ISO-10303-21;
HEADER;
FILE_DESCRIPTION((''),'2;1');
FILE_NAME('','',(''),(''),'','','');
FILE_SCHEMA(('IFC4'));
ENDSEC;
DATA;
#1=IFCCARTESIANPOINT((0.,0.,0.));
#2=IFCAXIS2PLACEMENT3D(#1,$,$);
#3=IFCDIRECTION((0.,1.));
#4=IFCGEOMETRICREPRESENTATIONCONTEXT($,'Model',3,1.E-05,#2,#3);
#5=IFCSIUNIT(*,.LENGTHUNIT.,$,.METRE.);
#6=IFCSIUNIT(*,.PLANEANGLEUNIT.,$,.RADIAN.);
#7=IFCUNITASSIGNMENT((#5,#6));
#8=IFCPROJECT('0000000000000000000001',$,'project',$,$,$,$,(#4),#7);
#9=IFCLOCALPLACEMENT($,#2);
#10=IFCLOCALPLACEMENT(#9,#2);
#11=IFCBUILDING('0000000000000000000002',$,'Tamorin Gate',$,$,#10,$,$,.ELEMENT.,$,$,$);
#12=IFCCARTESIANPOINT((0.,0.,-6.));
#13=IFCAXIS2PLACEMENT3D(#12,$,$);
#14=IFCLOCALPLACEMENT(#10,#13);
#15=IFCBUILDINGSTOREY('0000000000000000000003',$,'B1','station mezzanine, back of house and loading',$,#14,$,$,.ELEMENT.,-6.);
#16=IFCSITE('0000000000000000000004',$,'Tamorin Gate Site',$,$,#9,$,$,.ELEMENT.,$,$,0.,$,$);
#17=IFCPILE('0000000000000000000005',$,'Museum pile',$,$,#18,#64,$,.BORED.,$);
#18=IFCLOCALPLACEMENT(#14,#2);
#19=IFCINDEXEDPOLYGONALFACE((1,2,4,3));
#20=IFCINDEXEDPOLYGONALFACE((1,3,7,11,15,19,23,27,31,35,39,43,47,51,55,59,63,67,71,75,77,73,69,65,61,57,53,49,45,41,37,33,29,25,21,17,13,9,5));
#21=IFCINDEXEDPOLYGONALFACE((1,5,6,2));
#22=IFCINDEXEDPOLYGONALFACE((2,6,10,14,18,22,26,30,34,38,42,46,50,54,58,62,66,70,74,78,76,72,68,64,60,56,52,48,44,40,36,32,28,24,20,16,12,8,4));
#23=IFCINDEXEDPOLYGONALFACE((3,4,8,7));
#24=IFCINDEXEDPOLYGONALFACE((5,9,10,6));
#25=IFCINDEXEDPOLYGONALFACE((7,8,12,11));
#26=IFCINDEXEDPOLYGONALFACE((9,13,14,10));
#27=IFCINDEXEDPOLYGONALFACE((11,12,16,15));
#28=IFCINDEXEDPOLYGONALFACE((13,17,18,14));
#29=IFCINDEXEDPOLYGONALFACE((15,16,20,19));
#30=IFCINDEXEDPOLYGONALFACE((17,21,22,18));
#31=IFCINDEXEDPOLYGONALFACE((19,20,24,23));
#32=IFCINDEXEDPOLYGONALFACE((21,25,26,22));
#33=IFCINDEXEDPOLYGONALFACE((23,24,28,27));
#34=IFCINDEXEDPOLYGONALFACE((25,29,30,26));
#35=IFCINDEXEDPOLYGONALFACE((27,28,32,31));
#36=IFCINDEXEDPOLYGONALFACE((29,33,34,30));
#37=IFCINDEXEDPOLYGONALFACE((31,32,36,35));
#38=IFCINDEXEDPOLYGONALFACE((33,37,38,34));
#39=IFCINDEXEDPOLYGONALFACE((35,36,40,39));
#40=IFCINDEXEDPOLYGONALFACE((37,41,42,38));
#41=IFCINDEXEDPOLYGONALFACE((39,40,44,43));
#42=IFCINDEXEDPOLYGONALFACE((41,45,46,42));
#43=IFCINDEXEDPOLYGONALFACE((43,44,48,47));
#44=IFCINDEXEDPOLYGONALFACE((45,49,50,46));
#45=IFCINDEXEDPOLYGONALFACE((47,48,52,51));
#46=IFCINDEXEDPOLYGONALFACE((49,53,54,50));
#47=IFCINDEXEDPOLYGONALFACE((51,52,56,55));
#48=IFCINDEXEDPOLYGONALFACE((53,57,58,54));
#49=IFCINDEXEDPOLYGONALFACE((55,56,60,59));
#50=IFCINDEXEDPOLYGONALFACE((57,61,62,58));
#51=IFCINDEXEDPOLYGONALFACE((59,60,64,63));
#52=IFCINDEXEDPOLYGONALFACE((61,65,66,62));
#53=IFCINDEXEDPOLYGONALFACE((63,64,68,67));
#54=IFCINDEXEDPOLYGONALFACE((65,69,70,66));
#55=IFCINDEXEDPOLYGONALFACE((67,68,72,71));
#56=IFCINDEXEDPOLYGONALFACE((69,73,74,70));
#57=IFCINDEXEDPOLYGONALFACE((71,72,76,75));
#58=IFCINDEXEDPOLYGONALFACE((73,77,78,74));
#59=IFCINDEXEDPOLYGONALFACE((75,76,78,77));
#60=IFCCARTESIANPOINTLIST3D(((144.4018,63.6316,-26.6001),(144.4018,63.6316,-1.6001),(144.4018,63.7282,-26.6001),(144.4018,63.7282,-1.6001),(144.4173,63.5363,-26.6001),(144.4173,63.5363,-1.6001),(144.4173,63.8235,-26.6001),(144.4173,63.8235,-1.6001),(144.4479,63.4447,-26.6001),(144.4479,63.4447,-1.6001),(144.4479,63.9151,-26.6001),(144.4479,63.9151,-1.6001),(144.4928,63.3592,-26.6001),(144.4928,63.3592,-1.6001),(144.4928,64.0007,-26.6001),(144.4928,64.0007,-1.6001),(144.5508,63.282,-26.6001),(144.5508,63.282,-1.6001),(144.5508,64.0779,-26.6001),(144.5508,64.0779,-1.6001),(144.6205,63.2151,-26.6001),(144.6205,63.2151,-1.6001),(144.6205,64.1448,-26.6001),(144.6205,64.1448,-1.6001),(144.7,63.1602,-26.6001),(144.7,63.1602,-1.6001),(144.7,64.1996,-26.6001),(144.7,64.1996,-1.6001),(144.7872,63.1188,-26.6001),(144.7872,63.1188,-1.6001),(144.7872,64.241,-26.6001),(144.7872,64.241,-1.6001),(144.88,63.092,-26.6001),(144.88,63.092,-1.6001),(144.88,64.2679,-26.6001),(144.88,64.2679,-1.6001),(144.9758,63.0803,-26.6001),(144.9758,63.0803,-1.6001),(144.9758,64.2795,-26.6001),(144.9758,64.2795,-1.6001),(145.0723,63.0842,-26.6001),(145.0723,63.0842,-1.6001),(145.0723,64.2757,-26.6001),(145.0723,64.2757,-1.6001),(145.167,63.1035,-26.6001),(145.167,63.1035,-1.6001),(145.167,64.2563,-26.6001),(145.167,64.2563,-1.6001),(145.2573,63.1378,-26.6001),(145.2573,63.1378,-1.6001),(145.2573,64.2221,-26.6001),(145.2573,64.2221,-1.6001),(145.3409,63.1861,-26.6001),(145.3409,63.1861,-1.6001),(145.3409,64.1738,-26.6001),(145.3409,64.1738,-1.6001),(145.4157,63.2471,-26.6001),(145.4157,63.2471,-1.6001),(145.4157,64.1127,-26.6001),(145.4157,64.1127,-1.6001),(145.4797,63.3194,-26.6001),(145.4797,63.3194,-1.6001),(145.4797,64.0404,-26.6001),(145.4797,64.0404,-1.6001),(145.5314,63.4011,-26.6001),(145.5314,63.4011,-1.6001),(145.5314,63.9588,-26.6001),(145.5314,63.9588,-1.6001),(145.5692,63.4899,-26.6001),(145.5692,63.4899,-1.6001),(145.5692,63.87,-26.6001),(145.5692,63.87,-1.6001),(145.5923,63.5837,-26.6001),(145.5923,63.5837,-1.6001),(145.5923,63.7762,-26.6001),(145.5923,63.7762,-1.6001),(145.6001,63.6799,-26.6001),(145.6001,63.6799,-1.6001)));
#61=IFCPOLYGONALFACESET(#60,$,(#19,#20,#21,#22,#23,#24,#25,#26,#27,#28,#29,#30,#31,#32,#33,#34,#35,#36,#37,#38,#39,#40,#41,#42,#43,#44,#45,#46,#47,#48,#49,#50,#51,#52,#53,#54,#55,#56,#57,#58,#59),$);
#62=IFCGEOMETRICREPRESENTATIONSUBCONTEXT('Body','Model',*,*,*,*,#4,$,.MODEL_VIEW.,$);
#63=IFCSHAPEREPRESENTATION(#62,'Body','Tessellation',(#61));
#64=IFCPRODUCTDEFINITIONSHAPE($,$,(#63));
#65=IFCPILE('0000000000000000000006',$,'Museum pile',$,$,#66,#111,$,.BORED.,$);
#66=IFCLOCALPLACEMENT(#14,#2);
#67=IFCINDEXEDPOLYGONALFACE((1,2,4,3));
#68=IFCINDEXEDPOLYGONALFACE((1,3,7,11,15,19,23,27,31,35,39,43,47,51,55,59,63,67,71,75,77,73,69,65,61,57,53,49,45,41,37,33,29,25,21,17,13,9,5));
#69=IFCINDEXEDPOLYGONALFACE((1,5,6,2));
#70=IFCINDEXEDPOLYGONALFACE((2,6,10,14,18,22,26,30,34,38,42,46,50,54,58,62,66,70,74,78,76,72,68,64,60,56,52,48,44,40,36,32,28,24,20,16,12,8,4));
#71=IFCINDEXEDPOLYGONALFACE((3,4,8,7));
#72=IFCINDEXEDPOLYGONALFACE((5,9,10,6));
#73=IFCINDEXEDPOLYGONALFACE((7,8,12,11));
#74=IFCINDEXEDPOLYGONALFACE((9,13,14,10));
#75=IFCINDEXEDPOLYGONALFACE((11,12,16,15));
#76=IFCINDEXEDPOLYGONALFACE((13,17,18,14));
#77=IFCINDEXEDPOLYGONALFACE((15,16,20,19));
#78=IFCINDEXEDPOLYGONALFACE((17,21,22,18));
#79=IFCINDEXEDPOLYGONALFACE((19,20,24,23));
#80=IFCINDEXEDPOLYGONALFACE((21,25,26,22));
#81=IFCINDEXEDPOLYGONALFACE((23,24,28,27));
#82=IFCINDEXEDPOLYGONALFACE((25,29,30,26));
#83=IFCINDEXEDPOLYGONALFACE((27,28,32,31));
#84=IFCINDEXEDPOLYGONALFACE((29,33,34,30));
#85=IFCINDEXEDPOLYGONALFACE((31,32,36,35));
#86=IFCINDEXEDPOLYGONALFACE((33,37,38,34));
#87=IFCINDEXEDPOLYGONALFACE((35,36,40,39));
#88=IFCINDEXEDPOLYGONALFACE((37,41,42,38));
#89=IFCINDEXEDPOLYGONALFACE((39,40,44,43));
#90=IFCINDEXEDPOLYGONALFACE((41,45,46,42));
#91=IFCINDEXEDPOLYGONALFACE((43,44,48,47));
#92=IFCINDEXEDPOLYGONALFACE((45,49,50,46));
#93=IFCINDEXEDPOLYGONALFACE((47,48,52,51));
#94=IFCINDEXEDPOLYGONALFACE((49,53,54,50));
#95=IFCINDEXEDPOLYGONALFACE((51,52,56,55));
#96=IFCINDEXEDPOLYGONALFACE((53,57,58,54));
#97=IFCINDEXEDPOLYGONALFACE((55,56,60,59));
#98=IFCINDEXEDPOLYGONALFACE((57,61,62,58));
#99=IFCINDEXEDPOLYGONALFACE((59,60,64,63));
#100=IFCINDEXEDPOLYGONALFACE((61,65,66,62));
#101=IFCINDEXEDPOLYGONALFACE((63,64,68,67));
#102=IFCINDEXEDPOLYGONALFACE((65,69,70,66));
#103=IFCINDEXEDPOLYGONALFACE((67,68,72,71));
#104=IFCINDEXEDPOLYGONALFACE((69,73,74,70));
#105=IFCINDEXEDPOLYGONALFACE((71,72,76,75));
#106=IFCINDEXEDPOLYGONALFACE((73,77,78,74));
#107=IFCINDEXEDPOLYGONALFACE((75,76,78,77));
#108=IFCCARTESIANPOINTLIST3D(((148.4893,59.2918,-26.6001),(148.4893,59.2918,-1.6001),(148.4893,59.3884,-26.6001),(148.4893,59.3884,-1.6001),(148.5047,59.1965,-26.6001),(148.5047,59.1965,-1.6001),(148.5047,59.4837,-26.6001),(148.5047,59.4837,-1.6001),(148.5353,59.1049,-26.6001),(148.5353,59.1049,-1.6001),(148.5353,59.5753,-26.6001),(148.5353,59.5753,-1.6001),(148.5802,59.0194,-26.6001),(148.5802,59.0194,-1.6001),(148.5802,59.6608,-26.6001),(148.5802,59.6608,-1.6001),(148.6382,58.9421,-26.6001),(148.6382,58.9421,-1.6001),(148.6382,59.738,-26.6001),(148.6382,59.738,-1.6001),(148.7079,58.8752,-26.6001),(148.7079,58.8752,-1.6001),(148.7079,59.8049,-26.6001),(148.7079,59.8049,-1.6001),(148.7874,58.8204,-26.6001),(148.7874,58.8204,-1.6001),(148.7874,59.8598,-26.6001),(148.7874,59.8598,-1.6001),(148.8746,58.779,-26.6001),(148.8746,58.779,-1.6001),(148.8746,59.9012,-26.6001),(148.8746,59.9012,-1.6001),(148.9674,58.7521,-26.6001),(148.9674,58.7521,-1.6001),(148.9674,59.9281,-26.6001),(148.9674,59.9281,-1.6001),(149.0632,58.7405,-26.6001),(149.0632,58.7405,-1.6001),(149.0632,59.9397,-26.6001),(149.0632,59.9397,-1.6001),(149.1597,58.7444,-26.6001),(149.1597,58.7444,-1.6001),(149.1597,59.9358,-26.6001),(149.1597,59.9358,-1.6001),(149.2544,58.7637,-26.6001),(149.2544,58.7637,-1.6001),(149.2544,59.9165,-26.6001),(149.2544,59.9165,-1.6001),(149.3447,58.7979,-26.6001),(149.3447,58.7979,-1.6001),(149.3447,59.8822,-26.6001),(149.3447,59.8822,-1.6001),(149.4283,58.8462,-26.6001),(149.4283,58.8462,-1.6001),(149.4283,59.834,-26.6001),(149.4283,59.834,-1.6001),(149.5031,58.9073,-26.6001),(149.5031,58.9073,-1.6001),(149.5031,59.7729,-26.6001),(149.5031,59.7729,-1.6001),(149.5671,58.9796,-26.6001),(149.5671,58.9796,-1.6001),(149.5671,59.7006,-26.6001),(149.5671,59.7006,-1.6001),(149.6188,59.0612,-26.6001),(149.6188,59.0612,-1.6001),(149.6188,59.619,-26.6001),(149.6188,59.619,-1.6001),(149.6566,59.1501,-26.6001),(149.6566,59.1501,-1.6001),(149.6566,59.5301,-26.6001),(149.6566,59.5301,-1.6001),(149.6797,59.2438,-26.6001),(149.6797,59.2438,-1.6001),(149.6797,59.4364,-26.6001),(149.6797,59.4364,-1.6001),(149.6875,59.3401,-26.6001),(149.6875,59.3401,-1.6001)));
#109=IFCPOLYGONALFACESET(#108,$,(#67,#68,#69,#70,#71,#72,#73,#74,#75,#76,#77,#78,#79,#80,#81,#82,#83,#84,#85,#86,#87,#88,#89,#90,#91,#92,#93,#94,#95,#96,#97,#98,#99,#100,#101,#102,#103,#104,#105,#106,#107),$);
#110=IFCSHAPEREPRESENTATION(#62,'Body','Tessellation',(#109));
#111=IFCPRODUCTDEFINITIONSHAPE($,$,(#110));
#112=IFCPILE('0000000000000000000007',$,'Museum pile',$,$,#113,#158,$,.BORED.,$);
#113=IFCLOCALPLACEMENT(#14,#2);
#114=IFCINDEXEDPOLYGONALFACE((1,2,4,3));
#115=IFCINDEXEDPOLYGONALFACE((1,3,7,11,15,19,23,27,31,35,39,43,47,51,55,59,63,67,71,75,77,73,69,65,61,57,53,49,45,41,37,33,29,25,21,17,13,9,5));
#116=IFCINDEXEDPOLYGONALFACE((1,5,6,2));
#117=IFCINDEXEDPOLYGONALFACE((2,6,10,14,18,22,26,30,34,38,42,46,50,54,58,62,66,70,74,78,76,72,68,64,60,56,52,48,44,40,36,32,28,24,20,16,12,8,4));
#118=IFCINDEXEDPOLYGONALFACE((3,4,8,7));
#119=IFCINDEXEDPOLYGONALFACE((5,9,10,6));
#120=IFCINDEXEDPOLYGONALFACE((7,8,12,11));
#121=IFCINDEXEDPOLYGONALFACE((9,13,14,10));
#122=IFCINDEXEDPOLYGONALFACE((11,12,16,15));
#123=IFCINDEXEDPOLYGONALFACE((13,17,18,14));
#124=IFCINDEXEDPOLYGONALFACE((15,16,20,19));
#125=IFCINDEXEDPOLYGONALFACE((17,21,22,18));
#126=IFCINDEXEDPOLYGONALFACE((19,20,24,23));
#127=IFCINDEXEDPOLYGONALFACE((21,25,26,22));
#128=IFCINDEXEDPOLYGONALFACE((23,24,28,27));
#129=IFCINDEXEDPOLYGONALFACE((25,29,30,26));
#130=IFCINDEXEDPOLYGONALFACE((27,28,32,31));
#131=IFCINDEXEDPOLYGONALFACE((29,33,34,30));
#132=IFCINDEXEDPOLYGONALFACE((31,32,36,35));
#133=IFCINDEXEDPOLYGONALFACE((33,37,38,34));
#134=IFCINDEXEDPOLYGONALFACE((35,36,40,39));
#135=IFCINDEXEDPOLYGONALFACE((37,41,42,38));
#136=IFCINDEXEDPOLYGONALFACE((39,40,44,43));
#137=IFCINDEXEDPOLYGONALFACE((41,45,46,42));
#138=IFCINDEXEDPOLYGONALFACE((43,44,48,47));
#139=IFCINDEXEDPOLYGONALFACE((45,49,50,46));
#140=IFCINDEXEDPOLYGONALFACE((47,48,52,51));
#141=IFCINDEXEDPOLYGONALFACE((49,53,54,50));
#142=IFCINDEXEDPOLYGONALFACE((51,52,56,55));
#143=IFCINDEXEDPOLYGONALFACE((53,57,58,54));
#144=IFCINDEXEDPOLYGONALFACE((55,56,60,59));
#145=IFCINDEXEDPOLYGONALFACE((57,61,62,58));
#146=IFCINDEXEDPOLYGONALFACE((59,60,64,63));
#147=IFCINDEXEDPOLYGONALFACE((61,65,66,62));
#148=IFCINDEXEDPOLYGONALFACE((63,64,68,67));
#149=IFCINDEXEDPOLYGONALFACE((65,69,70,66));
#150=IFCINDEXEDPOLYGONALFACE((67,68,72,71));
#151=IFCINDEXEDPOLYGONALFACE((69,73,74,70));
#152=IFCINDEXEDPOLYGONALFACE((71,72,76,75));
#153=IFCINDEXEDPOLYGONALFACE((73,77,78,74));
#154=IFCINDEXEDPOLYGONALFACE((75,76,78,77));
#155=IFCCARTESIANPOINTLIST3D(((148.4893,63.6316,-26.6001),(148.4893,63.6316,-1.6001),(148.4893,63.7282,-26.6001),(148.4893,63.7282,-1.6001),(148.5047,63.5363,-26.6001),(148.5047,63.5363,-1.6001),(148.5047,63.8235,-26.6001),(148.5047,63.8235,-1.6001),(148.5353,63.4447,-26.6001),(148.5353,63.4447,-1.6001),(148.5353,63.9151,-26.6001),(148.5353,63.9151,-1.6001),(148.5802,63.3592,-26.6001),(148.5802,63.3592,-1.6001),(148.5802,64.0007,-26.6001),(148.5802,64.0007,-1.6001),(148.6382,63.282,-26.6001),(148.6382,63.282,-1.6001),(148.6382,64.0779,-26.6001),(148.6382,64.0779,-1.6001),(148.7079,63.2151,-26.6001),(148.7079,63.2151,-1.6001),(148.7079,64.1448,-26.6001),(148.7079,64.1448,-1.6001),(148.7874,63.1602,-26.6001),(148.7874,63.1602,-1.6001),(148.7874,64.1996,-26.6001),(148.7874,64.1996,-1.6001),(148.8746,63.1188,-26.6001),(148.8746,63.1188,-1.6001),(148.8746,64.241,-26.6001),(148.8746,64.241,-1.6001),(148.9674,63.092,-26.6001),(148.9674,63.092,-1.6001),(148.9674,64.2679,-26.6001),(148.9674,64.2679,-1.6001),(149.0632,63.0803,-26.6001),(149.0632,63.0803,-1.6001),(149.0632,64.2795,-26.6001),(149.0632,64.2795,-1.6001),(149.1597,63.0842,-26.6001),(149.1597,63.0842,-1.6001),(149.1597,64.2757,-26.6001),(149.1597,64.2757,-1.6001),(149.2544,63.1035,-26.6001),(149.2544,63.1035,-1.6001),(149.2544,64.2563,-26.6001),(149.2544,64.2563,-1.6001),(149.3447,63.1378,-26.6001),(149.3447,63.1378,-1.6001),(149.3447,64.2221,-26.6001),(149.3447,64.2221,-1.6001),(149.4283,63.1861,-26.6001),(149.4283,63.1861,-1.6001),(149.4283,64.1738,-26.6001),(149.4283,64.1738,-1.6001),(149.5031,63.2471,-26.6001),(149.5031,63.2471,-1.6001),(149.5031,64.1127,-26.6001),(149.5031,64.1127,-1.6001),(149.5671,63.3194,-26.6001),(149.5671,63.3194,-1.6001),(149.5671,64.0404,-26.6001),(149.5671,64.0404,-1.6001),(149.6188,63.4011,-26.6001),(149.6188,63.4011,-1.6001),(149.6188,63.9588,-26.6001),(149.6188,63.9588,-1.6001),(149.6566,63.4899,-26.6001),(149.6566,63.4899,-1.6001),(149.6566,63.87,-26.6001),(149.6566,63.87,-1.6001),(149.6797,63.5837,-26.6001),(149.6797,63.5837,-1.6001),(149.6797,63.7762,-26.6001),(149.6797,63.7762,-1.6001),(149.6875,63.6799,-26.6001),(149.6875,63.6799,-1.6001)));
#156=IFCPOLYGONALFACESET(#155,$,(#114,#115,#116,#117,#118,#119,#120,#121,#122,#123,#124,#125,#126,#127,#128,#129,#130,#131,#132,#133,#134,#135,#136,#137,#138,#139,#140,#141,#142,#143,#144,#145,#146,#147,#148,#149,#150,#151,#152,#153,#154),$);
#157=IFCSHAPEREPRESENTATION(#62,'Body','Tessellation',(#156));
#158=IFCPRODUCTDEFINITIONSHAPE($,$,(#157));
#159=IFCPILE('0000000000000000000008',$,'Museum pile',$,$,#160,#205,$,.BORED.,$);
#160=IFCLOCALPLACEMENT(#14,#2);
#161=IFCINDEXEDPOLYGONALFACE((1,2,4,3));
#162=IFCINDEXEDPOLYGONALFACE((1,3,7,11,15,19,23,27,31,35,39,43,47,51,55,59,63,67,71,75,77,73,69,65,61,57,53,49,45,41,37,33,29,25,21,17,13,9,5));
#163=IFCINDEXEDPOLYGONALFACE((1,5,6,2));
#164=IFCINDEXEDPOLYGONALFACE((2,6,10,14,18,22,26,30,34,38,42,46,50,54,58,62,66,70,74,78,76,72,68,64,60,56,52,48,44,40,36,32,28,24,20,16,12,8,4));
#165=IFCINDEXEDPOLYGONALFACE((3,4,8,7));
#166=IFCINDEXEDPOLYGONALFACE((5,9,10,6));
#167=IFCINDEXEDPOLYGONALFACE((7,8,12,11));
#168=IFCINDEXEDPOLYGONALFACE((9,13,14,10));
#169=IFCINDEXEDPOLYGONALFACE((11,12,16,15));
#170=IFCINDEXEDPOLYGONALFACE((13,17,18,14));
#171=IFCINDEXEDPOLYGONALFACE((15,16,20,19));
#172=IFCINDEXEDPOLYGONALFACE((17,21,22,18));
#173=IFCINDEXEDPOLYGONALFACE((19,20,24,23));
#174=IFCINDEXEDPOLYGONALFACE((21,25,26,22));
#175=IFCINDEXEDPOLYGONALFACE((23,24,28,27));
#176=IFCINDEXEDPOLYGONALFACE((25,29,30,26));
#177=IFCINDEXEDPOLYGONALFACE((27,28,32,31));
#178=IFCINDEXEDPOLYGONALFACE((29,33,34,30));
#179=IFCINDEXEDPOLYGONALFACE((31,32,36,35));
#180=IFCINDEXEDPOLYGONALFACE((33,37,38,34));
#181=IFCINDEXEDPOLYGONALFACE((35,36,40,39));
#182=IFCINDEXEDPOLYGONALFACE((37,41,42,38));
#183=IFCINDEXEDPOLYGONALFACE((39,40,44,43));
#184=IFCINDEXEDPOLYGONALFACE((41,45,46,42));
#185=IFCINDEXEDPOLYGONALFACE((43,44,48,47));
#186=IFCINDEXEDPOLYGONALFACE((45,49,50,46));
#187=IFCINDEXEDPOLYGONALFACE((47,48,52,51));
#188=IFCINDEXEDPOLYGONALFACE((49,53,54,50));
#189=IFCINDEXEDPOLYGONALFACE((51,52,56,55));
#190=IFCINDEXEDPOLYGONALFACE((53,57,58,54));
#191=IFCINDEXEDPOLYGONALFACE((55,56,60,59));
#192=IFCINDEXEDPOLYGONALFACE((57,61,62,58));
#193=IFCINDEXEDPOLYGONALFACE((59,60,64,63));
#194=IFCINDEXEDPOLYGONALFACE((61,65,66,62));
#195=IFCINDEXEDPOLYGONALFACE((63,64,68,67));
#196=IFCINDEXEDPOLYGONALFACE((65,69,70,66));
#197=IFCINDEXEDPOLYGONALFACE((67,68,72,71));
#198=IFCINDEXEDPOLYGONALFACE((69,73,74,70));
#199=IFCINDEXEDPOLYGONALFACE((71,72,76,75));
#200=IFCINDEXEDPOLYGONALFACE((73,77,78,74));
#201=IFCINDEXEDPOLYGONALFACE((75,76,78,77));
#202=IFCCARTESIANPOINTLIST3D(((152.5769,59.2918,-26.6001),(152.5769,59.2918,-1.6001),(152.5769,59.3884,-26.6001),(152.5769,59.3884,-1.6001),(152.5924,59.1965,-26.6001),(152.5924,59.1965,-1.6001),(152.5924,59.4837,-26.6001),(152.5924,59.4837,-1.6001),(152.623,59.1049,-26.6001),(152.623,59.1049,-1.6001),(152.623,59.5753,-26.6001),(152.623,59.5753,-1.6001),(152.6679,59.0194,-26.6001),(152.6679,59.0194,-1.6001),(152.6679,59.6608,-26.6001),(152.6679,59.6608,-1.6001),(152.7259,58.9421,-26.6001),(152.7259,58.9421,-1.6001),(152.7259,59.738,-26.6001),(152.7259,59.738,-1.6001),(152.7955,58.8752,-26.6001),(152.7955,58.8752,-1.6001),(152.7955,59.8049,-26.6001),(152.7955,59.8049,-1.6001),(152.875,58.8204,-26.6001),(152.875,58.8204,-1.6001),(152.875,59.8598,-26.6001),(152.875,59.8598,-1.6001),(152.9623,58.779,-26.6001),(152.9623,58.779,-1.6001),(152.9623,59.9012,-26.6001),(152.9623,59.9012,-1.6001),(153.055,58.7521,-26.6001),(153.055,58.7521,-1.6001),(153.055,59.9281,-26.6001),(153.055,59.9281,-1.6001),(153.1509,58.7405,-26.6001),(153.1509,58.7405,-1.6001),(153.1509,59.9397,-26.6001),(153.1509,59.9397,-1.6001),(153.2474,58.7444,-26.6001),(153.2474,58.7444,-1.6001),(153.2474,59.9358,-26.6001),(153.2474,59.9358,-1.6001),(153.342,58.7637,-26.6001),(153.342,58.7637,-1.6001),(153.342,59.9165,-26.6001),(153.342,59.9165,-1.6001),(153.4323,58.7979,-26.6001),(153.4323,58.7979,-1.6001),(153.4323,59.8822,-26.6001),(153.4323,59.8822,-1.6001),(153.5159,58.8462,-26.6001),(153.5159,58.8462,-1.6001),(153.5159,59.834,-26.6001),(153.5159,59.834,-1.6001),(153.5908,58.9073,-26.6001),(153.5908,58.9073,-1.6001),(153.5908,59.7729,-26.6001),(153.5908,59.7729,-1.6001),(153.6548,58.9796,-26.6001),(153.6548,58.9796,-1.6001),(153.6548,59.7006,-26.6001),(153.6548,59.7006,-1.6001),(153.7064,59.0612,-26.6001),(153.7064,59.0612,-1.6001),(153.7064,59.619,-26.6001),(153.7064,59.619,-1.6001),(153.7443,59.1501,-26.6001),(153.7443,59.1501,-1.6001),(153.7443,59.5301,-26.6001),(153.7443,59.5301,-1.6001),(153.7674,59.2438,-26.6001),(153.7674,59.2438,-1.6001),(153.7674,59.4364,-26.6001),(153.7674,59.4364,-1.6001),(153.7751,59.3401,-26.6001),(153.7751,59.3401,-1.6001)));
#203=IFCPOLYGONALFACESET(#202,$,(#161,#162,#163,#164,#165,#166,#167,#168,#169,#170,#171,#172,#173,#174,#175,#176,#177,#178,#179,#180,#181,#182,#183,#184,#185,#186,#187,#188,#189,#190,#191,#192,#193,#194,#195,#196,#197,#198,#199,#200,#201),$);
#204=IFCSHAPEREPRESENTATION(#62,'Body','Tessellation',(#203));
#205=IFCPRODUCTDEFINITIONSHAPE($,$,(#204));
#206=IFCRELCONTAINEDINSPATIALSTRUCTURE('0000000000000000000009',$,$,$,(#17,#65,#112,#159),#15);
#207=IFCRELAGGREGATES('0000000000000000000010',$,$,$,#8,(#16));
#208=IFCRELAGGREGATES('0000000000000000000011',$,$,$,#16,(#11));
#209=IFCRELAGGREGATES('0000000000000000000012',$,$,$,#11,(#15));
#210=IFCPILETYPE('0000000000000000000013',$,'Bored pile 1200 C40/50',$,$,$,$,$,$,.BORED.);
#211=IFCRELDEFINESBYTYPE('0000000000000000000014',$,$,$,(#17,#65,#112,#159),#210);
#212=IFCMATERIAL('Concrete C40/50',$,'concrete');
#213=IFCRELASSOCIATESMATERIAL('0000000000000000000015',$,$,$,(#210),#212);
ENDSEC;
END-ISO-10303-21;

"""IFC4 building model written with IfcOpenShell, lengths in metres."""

from ifc_helpers import new_model, si_unit, direction, frame, origin, origin_2d, place, context, subcontext, project, spatial, circle, extrude, material, material_profile, profile_set, type_object, element, save


model = new_model("IFC4")

# Units and contexts
model_context = context("Model", 3, precision=1e-05, world=origin(), true_north=direction((0.0, 1.0)))
body_context = subcontext(model_context, "Body", "Model", "MODEL_VIEW")
ifc_project = project(units=[si_unit("LENGTHUNIT", "METRE"), si_unit("PLANEANGLEUNIT", "RADIAN")], contexts=[model_context])

# Site, building, storey
site_placement = place(None, origin())
site = spatial("IfcSite", under=ifc_project, at=site_placement, Name="Tamorin Gate Site", CompositionType="ELEMENT", RefElevation=0.0)
building_placement = place(site_placement, origin())
building = spatial("IfcBuilding", under=site, at=building_placement, Name="Tamorin Gate", CompositionType="ELEMENT")
storey_placement = place(building_placement, frame((0.0, 0.0, -6.0)))
storey = spatial("IfcBuildingStorey", under=building, at=storey_placement, Name="B1", Description="station mezzanine, back of house and loading", CompositionType="ELEMENT", Elevation=-6.0)

# Piles
ifc_material_1 = material(Name="Concrete C40/50", Category="concrete")
ifc_material_profile_1 = material_profile(ifc_material_1, circle(Radius=0.6001, at=origin_2d()))
ifc_profile_set_1 = profile_set([ifc_material_profile_1], Name="Concrete C40/50")
pile_type = type_object("IfcPileType", Name="Bored pile 1200 C40/50", PredefinedType="BORED", material=ifc_profile_set_1)
for number, where, z_axis, x_axis, name in (
    (1, (145.0, 63.6799, -1.6001), (0.0, 0.0, -1.0), (1.0, 0.0, 0.0), "Museum pile"),
    (2, (149.0874, 59.3401, -1.6001), (0.0, 0.0, -1.0), (1.0, 0.0, 0.0), "Museum pile"),
    (3, (149.0874, 63.6799, -1.6001), (0.0, 0.0, -1.0), (1.0, 0.0, 0.0), "Museum pile"),
    (4, (153.175, 59.3401, -1.6001), (0.0, 0.0, -1.0), (1.0, 0.0, 0.0), "Museum pile"),
):
    element("IfcPile", number, at=place(storey_placement, frame(where, z_axis=z_axis, x_axis=x_axis)), inside=storey, type_object=pile_type, Name=name, PredefinedType="BORED", context=body_context, shape_type="SweptSolid", body=[
        extrude(circle(Radius=0.6001, at=origin_2d()), origin(), (0.0, 0.0, 1.0), 25.0),
    ])

save(model, "model.ifc")
